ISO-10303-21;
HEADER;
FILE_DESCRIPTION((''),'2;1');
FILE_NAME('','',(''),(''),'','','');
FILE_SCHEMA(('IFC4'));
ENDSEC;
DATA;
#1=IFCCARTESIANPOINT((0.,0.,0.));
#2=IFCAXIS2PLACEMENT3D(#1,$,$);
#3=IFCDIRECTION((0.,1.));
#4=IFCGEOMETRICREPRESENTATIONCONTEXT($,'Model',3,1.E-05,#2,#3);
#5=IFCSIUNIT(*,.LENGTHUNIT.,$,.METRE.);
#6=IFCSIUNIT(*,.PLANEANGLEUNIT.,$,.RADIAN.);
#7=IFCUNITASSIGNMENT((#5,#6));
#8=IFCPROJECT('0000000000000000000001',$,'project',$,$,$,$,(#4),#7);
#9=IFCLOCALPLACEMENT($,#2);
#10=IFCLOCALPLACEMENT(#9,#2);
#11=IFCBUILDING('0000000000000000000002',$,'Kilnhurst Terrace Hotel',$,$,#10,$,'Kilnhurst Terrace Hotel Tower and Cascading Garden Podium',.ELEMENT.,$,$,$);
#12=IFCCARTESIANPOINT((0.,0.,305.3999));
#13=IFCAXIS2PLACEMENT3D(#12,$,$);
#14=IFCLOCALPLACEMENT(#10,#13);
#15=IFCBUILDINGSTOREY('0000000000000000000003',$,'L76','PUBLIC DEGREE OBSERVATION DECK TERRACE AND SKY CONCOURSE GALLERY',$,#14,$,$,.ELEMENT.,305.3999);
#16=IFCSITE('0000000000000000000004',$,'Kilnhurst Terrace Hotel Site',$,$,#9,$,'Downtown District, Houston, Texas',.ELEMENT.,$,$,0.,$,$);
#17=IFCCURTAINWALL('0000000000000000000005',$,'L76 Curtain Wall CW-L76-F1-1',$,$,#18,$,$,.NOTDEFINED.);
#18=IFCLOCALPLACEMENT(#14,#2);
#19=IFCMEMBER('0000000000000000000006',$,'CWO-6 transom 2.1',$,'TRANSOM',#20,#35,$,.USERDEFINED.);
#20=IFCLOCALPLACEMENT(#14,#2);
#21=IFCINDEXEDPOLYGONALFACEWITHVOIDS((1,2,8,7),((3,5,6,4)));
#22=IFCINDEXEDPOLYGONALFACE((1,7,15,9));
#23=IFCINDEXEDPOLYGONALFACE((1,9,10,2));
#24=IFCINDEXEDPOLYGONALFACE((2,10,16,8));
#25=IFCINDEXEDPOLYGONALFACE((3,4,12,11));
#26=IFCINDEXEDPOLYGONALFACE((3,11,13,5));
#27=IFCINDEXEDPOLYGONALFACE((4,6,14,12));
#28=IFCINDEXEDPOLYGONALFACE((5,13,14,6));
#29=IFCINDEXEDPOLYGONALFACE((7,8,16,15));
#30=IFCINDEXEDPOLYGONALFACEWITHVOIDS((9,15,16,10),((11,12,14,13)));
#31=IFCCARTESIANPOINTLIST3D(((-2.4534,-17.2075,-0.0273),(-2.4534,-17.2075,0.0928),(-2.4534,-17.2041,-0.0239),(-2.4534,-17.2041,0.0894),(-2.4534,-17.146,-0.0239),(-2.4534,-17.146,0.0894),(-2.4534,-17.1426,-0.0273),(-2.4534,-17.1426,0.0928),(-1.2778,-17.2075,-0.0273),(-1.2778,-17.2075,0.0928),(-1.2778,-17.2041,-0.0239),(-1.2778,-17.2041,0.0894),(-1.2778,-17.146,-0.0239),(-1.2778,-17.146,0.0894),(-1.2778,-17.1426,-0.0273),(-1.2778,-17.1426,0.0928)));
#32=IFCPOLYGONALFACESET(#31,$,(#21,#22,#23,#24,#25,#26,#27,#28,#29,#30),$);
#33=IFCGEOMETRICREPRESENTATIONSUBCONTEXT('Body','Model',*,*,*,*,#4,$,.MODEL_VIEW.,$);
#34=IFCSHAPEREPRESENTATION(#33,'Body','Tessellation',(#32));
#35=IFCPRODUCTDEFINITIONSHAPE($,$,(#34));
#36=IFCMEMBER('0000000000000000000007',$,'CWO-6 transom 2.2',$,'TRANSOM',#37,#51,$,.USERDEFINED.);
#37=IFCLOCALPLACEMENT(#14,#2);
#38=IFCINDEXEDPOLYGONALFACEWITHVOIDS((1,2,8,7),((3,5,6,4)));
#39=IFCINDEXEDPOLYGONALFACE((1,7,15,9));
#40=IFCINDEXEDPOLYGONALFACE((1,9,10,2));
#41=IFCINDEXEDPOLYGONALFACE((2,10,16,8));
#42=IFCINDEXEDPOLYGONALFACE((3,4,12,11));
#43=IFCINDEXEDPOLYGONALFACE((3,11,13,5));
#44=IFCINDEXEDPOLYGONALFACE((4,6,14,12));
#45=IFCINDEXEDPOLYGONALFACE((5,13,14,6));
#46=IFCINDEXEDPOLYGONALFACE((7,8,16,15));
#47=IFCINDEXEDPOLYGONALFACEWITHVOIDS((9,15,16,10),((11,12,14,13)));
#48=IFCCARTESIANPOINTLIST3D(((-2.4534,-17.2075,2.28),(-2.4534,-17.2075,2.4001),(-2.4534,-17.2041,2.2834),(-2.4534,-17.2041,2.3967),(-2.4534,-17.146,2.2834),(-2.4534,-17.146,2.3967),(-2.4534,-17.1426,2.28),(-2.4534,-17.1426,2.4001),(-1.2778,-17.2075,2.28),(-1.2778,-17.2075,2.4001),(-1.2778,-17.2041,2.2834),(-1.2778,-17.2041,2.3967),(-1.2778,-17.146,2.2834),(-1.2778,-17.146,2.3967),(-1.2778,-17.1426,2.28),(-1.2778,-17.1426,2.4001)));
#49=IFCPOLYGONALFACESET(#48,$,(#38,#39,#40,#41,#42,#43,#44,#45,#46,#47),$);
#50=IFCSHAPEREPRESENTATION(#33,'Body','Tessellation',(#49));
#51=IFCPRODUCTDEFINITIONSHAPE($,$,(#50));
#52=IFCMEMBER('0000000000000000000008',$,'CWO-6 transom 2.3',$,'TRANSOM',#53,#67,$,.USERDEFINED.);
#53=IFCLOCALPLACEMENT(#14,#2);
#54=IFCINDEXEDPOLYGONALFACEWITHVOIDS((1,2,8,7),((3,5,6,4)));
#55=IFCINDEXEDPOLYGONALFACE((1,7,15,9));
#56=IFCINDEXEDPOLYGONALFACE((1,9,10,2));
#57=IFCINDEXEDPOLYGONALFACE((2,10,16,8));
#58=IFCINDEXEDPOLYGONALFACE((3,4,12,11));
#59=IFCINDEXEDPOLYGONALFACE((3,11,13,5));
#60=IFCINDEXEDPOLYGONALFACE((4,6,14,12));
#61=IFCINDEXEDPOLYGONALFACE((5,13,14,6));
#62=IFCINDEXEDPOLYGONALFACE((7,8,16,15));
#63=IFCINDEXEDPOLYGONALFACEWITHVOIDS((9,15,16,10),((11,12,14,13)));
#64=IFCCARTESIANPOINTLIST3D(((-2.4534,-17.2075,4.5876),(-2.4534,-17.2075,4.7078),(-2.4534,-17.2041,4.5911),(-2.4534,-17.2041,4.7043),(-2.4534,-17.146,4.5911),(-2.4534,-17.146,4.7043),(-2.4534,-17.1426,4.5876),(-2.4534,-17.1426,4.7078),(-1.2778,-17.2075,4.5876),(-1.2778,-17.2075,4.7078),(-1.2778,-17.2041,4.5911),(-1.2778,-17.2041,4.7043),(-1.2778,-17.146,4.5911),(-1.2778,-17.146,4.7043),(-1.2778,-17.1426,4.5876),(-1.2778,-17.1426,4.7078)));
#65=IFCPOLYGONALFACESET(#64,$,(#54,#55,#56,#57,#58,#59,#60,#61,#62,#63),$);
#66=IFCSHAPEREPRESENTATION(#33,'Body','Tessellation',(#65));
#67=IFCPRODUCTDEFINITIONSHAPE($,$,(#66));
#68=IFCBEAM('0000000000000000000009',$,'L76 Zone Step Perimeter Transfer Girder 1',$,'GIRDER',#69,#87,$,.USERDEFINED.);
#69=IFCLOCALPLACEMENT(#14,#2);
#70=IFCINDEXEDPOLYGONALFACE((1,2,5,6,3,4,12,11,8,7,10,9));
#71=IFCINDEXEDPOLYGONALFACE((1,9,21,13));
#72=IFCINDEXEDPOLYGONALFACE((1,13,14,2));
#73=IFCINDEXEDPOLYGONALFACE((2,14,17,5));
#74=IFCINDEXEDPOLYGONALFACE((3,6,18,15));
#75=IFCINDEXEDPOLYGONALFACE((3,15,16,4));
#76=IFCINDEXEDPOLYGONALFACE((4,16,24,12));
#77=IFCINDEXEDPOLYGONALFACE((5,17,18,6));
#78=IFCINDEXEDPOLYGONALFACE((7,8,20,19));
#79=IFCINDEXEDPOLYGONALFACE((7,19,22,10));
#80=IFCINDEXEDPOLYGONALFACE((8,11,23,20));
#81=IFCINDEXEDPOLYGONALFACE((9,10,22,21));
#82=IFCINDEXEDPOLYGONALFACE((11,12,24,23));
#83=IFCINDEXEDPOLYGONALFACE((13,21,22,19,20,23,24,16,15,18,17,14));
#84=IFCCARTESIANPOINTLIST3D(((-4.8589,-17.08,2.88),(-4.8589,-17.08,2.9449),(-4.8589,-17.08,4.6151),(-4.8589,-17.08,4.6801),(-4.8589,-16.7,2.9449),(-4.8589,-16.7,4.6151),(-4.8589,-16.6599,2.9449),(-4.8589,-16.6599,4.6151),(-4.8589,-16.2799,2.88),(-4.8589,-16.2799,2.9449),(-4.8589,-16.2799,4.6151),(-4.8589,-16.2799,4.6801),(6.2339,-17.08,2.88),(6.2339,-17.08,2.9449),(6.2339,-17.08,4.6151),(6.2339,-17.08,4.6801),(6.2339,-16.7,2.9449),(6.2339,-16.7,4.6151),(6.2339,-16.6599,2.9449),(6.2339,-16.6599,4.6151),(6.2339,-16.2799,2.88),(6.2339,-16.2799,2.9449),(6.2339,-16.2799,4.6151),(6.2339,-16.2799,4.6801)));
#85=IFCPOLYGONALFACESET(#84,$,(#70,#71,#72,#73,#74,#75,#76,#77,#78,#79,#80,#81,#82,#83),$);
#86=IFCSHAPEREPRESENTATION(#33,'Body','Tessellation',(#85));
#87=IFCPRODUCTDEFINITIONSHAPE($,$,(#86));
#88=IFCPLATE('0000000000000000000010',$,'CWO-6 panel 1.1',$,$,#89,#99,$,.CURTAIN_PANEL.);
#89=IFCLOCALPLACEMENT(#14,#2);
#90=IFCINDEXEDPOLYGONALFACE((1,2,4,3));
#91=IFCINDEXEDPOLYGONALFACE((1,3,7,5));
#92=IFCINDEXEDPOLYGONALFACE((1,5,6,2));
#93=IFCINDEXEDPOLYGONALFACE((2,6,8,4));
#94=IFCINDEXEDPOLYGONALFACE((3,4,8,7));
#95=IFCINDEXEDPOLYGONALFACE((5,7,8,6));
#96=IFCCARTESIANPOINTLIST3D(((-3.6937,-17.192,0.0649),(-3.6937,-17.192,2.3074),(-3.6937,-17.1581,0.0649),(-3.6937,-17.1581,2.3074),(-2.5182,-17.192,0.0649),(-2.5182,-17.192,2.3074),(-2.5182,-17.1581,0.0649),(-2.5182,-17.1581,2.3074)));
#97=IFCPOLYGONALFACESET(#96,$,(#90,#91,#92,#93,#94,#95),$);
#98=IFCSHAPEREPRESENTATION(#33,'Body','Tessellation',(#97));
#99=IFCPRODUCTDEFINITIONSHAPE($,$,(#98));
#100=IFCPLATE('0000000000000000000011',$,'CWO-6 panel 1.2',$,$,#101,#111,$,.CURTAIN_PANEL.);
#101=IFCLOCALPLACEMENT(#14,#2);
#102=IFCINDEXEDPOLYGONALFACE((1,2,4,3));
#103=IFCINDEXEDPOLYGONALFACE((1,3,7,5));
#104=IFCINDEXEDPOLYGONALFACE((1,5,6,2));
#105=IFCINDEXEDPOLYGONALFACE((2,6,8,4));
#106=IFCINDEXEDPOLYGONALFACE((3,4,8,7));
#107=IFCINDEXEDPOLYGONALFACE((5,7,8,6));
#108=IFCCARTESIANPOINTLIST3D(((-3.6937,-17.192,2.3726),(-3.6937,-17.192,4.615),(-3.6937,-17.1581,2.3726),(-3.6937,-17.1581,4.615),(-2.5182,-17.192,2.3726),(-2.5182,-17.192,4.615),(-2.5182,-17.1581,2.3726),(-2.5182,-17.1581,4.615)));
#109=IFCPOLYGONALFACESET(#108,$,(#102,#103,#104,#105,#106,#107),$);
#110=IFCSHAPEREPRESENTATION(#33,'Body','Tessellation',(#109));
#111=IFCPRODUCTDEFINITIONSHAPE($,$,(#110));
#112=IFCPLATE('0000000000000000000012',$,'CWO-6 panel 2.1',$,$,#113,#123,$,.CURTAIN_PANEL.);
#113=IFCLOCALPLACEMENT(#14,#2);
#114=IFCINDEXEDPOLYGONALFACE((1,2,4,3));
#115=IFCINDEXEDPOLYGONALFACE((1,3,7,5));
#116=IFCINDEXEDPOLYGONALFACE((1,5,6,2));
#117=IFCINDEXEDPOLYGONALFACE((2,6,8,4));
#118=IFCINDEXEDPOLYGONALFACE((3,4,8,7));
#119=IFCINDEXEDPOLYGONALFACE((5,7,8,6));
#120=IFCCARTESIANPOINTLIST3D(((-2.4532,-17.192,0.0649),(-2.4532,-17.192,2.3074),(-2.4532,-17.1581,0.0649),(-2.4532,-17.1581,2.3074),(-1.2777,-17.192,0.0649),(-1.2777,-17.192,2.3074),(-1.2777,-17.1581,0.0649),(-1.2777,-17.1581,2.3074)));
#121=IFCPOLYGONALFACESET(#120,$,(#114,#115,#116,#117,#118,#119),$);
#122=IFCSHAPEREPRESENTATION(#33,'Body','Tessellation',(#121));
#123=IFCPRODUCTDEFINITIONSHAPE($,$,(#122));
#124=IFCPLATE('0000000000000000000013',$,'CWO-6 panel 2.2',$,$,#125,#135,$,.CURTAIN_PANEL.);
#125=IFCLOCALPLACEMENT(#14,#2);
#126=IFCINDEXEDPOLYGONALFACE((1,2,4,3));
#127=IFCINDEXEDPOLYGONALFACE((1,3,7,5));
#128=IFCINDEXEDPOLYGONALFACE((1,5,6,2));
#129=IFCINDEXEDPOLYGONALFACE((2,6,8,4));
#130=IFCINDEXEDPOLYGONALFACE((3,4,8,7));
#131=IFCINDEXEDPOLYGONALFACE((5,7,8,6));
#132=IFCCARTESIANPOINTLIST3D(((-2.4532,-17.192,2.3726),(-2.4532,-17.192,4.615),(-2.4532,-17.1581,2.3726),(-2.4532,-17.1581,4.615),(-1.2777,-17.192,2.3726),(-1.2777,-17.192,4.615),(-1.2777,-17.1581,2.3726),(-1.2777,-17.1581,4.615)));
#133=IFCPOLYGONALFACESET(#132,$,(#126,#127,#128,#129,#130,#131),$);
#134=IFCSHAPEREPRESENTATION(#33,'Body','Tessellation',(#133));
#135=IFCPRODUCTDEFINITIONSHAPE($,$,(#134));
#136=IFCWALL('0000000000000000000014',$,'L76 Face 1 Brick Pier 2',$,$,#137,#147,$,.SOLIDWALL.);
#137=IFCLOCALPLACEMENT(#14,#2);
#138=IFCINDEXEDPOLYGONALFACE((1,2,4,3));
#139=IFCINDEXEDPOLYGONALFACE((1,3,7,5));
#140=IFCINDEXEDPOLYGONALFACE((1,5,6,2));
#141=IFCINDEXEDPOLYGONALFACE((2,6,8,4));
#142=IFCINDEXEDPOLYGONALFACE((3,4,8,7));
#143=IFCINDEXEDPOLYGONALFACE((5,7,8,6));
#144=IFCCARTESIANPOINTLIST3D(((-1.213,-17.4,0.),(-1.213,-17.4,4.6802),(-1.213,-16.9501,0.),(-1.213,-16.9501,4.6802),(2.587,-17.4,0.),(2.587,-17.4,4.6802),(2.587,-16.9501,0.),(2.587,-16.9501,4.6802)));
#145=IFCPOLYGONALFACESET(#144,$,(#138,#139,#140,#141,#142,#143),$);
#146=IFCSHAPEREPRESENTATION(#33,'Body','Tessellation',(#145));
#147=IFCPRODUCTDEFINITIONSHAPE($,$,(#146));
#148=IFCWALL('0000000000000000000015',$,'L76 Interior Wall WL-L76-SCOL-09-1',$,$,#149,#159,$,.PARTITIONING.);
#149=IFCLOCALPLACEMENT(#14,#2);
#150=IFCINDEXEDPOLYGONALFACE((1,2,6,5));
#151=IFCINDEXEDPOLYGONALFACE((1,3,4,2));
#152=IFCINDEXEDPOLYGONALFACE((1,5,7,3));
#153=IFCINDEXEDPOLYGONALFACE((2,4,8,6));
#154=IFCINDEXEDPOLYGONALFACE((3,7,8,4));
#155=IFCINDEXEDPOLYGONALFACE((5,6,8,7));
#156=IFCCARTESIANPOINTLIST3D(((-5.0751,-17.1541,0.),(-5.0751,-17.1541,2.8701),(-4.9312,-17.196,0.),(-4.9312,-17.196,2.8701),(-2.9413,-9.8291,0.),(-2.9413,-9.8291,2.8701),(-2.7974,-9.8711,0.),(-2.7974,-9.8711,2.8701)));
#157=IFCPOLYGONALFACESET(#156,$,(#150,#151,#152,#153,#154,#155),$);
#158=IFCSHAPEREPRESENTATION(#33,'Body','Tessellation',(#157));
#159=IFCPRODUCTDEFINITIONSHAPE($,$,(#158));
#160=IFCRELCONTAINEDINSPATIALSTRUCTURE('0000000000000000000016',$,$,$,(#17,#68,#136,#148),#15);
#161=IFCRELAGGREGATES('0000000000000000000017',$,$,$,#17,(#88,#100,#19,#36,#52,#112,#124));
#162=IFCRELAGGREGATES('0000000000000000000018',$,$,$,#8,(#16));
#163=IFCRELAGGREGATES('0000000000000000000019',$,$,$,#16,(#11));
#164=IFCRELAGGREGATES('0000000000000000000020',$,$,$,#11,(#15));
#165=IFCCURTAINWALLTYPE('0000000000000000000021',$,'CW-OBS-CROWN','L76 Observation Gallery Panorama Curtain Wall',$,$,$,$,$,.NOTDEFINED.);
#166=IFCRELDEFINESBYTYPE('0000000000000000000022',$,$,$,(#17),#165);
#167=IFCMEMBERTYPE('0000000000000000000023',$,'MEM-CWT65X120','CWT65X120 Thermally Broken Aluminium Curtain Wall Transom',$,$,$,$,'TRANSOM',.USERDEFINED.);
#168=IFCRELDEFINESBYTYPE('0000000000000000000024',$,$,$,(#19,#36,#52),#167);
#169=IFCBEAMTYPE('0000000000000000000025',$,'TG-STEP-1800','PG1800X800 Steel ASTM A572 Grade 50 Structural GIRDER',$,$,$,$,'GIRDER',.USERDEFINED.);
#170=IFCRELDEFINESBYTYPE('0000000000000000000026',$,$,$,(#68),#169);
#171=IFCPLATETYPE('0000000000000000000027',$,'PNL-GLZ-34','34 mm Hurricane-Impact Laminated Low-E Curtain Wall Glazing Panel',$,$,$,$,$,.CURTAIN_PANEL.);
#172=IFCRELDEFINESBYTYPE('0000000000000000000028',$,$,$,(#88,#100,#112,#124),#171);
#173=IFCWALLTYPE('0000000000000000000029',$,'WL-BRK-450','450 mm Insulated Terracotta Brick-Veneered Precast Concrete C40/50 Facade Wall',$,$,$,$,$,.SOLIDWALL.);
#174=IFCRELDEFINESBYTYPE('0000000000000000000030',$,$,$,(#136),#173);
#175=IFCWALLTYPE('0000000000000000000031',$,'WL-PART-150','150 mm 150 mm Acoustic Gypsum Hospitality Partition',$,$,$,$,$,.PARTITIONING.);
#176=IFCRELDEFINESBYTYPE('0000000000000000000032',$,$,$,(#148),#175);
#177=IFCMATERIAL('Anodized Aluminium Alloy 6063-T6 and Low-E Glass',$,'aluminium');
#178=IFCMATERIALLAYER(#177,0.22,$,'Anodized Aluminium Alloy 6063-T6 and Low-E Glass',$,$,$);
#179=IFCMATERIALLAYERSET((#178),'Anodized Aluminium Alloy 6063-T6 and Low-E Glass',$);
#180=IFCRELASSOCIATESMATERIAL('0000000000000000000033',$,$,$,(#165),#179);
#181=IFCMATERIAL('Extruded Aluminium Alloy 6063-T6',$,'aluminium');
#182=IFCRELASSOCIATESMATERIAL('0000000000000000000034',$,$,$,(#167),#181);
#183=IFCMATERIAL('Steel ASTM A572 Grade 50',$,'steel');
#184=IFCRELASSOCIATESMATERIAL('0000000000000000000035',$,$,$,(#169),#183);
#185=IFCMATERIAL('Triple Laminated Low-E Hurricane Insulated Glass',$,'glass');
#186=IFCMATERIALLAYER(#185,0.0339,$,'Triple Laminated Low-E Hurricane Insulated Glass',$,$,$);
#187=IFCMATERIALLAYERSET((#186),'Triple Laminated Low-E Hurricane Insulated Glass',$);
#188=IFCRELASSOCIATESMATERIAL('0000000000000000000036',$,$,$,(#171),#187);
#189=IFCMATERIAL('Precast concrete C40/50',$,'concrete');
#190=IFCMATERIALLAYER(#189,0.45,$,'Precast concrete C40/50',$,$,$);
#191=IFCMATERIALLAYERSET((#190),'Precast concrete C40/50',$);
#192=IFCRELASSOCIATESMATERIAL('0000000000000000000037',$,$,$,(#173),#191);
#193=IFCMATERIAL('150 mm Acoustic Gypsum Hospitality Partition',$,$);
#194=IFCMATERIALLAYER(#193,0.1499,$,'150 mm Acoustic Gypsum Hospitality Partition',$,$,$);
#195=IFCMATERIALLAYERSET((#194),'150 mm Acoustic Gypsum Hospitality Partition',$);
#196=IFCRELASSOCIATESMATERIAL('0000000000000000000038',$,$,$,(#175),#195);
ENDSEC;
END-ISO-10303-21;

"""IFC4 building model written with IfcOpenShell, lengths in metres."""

from ifc_helpers import new_model, si_unit, direction, frame, frame_2d, origin, origin_2d, place, context, subcontext, project, spatial, rectangle, hollow_rectangle, i_section, extrude, material, layer, layer_set, material_profile, profile_set, type_object, element, aggregate, save


model = new_model("IFC4")

# Units and contexts
model_context = context("Model", 3, precision=1e-05, world=origin(), true_north=direction((0.0, 1.0)))
body_context = subcontext(model_context, "Body", "Model", "MODEL_VIEW")
ifc_project = project(units=[si_unit("LENGTHUNIT", "METRE"), si_unit("PLANEANGLEUNIT", "RADIAN")], contexts=[model_context])

# Site, building, storey
site_placement = place(None, origin())
site = spatial("IfcSite", under=ifc_project, at=site_placement, Name="Kilnhurst Terrace Hotel Site", LongName="Downtown District, Houston, Texas", CompositionType="ELEMENT", RefElevation=0.0)
building_placement = place(site_placement, origin())
building = spatial("IfcBuilding", under=site, at=building_placement, Name="Kilnhurst Terrace Hotel", LongName="Kilnhurst Terrace Hotel Tower and Cascading Garden Podium", CompositionType="ELEMENT")
storey_placement = place(building_placement, frame((0.0, 0.0, 305.3999)))
storey = spatial("IfcBuildingStorey", under=building, at=storey_placement, Name="L76", Description="PUBLIC DEGREE OBSERVATION DECK TERRACE AND SKY CONCOURSE GALLERY", CompositionType="ELEMENT", Elevation=305.3999)

# Curtain wall, members
ifc_material_1 = material(Name="Anodized Aluminium Alloy 6063-T6 and Low-E Glass", Category="aluminium")
ifc_layer_1 = layer(ifc_material_1, 0.22, Name="Anodized Aluminium Alloy 6063-T6 and Low-E Glass")
ifc_layer_set_1 = layer_set([ifc_layer_1], Name="Anodized Aluminium Alloy 6063-T6 and Low-E Glass")
curtain_wall_type = type_object("IfcCurtainWallType", Name="CW-OBS-CROWN", Description="L76 Observation Gallery Panorama Curtain Wall", PredefinedType="NOTDEFINED", material=ifc_layer_set_1)
curtain_wall_placement = place(storey_placement, origin())
curtain_wall = element("IfcCurtainWall", 1, at=curtain_wall_placement, inside=storey, type_object=curtain_wall_type, Name="L76 Curtain Wall CW-L76-F1-1", PredefinedType="NOTDEFINED")
ifc_material_2 = material(Name="Extruded Aluminium Alloy 6063-T6", Category="aluminium")
ifc_material_profile_1 = material_profile(ifc_material_2, hollow_rectangle(XDim=0.0649, YDim=0.1201, WallThickness=0.0034, at=origin_2d()), Name="CWT65X120")
ifc_profile_set_1 = profile_set([ifc_material_profile_1], Name="Extruded Aluminium Alloy 6063-T6")
member_type_1 = type_object("IfcMemberType", Name="MEM-CWT65X120", Description="CWT65X120 Thermally Broken Aluminium Curtain Wall Transom", ElementType="TRANSOM", PredefinedType="USERDEFINED", material=ifc_profile_set_1)
member_1_placement = place(storey_placement, frame((-2.4534, -17.175, 0.0327), z_axis=(1.0, 0.0, 0.0), x_axis=(0.0, 1.0, 0.0)))
member_1 = element("IfcMember", 2, at=member_1_placement, type_object=member_type_1, Name="CWO-6 transom 2.1", ObjectType="TRANSOM", PredefinedType="USERDEFINED", context=body_context, shape_type="SweptSolid", body=[
    extrude(hollow_rectangle(XDim=0.0649, YDim=0.1201, WallThickness=0.0034, at=origin_2d()), origin(), (0.0, 0.0, 1.0), 1.1755),
])
member_2_placement = place(storey_placement, frame((-2.4534, -17.175, 2.3401), z_axis=(1.0, 0.0, 0.0), x_axis=(0.0, 1.0, 0.0)))
member_2 = element("IfcMember", 3, at=member_2_placement, type_object=member_type_1, Name="CWO-6 transom 2.2", ObjectType="TRANSOM", PredefinedType="USERDEFINED", context=body_context, shape_type="SweptSolid", body=[
    extrude(hollow_rectangle(XDim=0.0649, YDim=0.1201, WallThickness=0.0034, at=origin_2d()), origin(), (0.0, 0.0, 1.0), 1.1755),
])
member_3_placement = place(storey_placement, frame((-2.4534, -17.175, 4.6477), z_axis=(1.0, 0.0, 0.0), x_axis=(0.0, 1.0, 0.0)))
member_3 = element("IfcMember", 4, at=member_3_placement, type_object=member_type_1, Name="CWO-6 transom 2.3", ObjectType="TRANSOM", PredefinedType="USERDEFINED", context=body_context, shape_type="SweptSolid", body=[
    extrude(hollow_rectangle(XDim=0.0649, YDim=0.1201, WallThickness=0.0034, at=origin_2d()), origin(), (0.0, 0.0, 1.0), 1.1755),
])

# Beam
ifc_material_3 = material(Name="Steel ASTM A572 Grade 50", Category="steel")
ifc_material_profile_2 = material_profile(ifc_material_3, i_section(OverallWidth=0.8, OverallDepth=1.8, WebThickness=0.04, FlangeThickness=0.0649, at=origin_2d()), Name="PG1800X800")
ifc_profile_set_2 = profile_set([ifc_material_profile_2], Name="Steel ASTM A572 Grade 50")
beam_type_1 = type_object("IfcBeamType", Name="TG-STEP-1800", Description="PG1800X800 Steel ASTM A572 Grade 50 Structural GIRDER", ElementType="GIRDER", PredefinedType="USERDEFINED", material=ifc_profile_set_2)
beam_1_placement = place(storey_placement, frame((-4.8589, -16.6799, 3.78), z_axis=(1.0, 0.0, 0.0), x_axis=(0.0, 1.0, 0.0)))
element("IfcBeam", 5, at=beam_1_placement, inside=storey, type_object=beam_type_1, Name="L76 Zone Step Perimeter Transfer Girder 1", ObjectType="GIRDER", PredefinedType="USERDEFINED", context=body_context, shape_type="SweptSolid", body=[
    extrude(i_section(OverallWidth=0.8, OverallDepth=1.8, WebThickness=0.04, FlangeThickness=0.0649, at=origin_2d()), origin(), (0.0, 0.0, 1.0), 11.0928),
])

# Plates
ifc_material_4 = material(Name="Triple Laminated Low-E Hurricane Insulated Glass", Category="glass")
ifc_layer_2 = layer(ifc_material_4, 0.0339, Name="Triple Laminated Low-E Hurricane Insulated Glass")
ifc_layer_set_2 = layer_set([ifc_layer_2], Name="Triple Laminated Low-E Hurricane Insulated Glass")
plate_type = type_object("IfcPlateType", Name="PNL-GLZ-34", Description="34 mm Hurricane-Impact Laminated Low-E Curtain Wall Glazing Panel", PredefinedType="CURTAIN_PANEL", material=ifc_layer_set_2)
plate_1_placement = place(storey_placement, frame((-3.106, -17.175, 0.0649), z_axis=(0.0, 0.0, 1.0), x_axis=(1.0, 0.0, 0.0)))
plate_1 = element("IfcPlate", 6, at=plate_1_placement, type_object=plate_type, Name="CWO-6 panel 1.1", PredefinedType="CURTAIN_PANEL", context=body_context, shape_type="SweptSolid", body=[
    extrude(rectangle(XDim=1.1755, YDim=0.0339, at=origin_2d()), origin(), (0.0, 0.0, 1.0), 2.2424),
])
plate_2_placement = place(storey_placement, frame((-3.106, -17.175, 2.3726), z_axis=(0.0, 0.0, 1.0), x_axis=(1.0, 0.0, 0.0)))
plate_2 = element("IfcPlate", 7, at=plate_2_placement, type_object=plate_type, Name="CWO-6 panel 1.2", PredefinedType="CURTAIN_PANEL", context=body_context, shape_type="SweptSolid", body=[
    extrude(rectangle(XDim=1.1755, YDim=0.0339, at=origin_2d()), origin(), (0.0, 0.0, 1.0), 2.2424),
])
plate_3_placement = place(storey_placement, frame((-1.8655, -17.175, 0.0649), z_axis=(0.0, 0.0, 1.0), x_axis=(1.0, 0.0, 0.0)))
plate_3 = element("IfcPlate", 8, at=plate_3_placement, type_object=plate_type, Name="CWO-6 panel 2.1", PredefinedType="CURTAIN_PANEL", context=body_context, shape_type="SweptSolid", body=[
    extrude(rectangle(XDim=1.1755, YDim=0.0339, at=origin_2d()), origin(), (0.0, 0.0, 1.0), 2.2424),
])
plate_4_placement = place(storey_placement, frame((-1.8655, -17.175, 2.3726), z_axis=(0.0, 0.0, 1.0), x_axis=(1.0, 0.0, 0.0)))
plate_4 = element("IfcPlate", 9, at=plate_4_placement, type_object=plate_type, Name="CWO-6 panel 2.2", PredefinedType="CURTAIN_PANEL", context=body_context, shape_type="SweptSolid", body=[
    extrude(rectangle(XDim=1.1755, YDim=0.0339, at=origin_2d()), origin(), (0.0, 0.0, 1.0), 2.2424),
])
aggregate(curtain_wall, [plate_1, plate_2, member_1, member_2, member_3, plate_3, plate_4])

# Shared definitions
ifc_material_5 = material(Name="Precast concrete C40/50", Category="concrete")
ifc_layer_3 = layer(ifc_material_5, 0.45, Name="Precast concrete C40/50")
ifc_layer_set_3 = layer_set([ifc_layer_3], Name="Precast concrete C40/50")
wall_type_1 = type_object("IfcWallType", Name="WL-BRK-450", Description="450 mm Insulated Terracotta Brick-Veneered Precast Concrete C40/50 Facade Wall", PredefinedType="SOLIDWALL", material=ifc_layer_set_3)

# Walls
wall_1_placement = place(storey_placement, frame((-1.2129, -17.175, 0.0), z_axis=(0.0, 0.0, 1.0), x_axis=(1.0, 0.0, 0.0)))
element("IfcWall", 10, at=wall_1_placement, inside=storey, type_object=wall_type_1, Name="L76 Face 1 Brick Pier 2", PredefinedType="SOLIDWALL", context=body_context, shape_type="SweptSolid", body=[
    extrude(rectangle(XDim=3.8, YDim=0.45, at=frame_2d((1.8999, 0.0))), origin(), (0.0, 0.0, 1.0), 4.6802),
])
ifc_material_6 = material(Name="150 mm Acoustic Gypsum Hospitality Partition")
ifc_layer_4 = layer(ifc_material_6, 0.1499, Name="150 mm Acoustic Gypsum Hospitality Partition")
ifc_layer_set_4 = layer_set([ifc_layer_4], Name="150 mm Acoustic Gypsum Hospitality Partition")
wall_type_2 = type_object("IfcWallType", Name="WL-PART-150", Description="150 mm 150 mm Acoustic Gypsum Hospitality Partition", PredefinedType="PARTITIONING", material=ifc_layer_set_4)
wall_2_placement = place(storey_placement, frame((-2.8694, -9.8501, 0.0), z_axis=(0.0, 0.0, 1.0), x_axis=(-0.279679, -0.960093, 0.0)))
element("IfcWall", 11, at=wall_2_placement, inside=storey, type_object=wall_type_2, Name="L76 Interior Wall WL-L76-SCOL-09-1", PredefinedType="PARTITIONING", context=body_context, shape_type="SweptSolid", body=[
    extrude(rectangle(XDim=7.6294, YDim=0.1499, at=frame_2d((3.8147, 0.0))), origin(), (0.0, 0.0, 1.0), 2.8701),
])

save(model, "model.ifc")
